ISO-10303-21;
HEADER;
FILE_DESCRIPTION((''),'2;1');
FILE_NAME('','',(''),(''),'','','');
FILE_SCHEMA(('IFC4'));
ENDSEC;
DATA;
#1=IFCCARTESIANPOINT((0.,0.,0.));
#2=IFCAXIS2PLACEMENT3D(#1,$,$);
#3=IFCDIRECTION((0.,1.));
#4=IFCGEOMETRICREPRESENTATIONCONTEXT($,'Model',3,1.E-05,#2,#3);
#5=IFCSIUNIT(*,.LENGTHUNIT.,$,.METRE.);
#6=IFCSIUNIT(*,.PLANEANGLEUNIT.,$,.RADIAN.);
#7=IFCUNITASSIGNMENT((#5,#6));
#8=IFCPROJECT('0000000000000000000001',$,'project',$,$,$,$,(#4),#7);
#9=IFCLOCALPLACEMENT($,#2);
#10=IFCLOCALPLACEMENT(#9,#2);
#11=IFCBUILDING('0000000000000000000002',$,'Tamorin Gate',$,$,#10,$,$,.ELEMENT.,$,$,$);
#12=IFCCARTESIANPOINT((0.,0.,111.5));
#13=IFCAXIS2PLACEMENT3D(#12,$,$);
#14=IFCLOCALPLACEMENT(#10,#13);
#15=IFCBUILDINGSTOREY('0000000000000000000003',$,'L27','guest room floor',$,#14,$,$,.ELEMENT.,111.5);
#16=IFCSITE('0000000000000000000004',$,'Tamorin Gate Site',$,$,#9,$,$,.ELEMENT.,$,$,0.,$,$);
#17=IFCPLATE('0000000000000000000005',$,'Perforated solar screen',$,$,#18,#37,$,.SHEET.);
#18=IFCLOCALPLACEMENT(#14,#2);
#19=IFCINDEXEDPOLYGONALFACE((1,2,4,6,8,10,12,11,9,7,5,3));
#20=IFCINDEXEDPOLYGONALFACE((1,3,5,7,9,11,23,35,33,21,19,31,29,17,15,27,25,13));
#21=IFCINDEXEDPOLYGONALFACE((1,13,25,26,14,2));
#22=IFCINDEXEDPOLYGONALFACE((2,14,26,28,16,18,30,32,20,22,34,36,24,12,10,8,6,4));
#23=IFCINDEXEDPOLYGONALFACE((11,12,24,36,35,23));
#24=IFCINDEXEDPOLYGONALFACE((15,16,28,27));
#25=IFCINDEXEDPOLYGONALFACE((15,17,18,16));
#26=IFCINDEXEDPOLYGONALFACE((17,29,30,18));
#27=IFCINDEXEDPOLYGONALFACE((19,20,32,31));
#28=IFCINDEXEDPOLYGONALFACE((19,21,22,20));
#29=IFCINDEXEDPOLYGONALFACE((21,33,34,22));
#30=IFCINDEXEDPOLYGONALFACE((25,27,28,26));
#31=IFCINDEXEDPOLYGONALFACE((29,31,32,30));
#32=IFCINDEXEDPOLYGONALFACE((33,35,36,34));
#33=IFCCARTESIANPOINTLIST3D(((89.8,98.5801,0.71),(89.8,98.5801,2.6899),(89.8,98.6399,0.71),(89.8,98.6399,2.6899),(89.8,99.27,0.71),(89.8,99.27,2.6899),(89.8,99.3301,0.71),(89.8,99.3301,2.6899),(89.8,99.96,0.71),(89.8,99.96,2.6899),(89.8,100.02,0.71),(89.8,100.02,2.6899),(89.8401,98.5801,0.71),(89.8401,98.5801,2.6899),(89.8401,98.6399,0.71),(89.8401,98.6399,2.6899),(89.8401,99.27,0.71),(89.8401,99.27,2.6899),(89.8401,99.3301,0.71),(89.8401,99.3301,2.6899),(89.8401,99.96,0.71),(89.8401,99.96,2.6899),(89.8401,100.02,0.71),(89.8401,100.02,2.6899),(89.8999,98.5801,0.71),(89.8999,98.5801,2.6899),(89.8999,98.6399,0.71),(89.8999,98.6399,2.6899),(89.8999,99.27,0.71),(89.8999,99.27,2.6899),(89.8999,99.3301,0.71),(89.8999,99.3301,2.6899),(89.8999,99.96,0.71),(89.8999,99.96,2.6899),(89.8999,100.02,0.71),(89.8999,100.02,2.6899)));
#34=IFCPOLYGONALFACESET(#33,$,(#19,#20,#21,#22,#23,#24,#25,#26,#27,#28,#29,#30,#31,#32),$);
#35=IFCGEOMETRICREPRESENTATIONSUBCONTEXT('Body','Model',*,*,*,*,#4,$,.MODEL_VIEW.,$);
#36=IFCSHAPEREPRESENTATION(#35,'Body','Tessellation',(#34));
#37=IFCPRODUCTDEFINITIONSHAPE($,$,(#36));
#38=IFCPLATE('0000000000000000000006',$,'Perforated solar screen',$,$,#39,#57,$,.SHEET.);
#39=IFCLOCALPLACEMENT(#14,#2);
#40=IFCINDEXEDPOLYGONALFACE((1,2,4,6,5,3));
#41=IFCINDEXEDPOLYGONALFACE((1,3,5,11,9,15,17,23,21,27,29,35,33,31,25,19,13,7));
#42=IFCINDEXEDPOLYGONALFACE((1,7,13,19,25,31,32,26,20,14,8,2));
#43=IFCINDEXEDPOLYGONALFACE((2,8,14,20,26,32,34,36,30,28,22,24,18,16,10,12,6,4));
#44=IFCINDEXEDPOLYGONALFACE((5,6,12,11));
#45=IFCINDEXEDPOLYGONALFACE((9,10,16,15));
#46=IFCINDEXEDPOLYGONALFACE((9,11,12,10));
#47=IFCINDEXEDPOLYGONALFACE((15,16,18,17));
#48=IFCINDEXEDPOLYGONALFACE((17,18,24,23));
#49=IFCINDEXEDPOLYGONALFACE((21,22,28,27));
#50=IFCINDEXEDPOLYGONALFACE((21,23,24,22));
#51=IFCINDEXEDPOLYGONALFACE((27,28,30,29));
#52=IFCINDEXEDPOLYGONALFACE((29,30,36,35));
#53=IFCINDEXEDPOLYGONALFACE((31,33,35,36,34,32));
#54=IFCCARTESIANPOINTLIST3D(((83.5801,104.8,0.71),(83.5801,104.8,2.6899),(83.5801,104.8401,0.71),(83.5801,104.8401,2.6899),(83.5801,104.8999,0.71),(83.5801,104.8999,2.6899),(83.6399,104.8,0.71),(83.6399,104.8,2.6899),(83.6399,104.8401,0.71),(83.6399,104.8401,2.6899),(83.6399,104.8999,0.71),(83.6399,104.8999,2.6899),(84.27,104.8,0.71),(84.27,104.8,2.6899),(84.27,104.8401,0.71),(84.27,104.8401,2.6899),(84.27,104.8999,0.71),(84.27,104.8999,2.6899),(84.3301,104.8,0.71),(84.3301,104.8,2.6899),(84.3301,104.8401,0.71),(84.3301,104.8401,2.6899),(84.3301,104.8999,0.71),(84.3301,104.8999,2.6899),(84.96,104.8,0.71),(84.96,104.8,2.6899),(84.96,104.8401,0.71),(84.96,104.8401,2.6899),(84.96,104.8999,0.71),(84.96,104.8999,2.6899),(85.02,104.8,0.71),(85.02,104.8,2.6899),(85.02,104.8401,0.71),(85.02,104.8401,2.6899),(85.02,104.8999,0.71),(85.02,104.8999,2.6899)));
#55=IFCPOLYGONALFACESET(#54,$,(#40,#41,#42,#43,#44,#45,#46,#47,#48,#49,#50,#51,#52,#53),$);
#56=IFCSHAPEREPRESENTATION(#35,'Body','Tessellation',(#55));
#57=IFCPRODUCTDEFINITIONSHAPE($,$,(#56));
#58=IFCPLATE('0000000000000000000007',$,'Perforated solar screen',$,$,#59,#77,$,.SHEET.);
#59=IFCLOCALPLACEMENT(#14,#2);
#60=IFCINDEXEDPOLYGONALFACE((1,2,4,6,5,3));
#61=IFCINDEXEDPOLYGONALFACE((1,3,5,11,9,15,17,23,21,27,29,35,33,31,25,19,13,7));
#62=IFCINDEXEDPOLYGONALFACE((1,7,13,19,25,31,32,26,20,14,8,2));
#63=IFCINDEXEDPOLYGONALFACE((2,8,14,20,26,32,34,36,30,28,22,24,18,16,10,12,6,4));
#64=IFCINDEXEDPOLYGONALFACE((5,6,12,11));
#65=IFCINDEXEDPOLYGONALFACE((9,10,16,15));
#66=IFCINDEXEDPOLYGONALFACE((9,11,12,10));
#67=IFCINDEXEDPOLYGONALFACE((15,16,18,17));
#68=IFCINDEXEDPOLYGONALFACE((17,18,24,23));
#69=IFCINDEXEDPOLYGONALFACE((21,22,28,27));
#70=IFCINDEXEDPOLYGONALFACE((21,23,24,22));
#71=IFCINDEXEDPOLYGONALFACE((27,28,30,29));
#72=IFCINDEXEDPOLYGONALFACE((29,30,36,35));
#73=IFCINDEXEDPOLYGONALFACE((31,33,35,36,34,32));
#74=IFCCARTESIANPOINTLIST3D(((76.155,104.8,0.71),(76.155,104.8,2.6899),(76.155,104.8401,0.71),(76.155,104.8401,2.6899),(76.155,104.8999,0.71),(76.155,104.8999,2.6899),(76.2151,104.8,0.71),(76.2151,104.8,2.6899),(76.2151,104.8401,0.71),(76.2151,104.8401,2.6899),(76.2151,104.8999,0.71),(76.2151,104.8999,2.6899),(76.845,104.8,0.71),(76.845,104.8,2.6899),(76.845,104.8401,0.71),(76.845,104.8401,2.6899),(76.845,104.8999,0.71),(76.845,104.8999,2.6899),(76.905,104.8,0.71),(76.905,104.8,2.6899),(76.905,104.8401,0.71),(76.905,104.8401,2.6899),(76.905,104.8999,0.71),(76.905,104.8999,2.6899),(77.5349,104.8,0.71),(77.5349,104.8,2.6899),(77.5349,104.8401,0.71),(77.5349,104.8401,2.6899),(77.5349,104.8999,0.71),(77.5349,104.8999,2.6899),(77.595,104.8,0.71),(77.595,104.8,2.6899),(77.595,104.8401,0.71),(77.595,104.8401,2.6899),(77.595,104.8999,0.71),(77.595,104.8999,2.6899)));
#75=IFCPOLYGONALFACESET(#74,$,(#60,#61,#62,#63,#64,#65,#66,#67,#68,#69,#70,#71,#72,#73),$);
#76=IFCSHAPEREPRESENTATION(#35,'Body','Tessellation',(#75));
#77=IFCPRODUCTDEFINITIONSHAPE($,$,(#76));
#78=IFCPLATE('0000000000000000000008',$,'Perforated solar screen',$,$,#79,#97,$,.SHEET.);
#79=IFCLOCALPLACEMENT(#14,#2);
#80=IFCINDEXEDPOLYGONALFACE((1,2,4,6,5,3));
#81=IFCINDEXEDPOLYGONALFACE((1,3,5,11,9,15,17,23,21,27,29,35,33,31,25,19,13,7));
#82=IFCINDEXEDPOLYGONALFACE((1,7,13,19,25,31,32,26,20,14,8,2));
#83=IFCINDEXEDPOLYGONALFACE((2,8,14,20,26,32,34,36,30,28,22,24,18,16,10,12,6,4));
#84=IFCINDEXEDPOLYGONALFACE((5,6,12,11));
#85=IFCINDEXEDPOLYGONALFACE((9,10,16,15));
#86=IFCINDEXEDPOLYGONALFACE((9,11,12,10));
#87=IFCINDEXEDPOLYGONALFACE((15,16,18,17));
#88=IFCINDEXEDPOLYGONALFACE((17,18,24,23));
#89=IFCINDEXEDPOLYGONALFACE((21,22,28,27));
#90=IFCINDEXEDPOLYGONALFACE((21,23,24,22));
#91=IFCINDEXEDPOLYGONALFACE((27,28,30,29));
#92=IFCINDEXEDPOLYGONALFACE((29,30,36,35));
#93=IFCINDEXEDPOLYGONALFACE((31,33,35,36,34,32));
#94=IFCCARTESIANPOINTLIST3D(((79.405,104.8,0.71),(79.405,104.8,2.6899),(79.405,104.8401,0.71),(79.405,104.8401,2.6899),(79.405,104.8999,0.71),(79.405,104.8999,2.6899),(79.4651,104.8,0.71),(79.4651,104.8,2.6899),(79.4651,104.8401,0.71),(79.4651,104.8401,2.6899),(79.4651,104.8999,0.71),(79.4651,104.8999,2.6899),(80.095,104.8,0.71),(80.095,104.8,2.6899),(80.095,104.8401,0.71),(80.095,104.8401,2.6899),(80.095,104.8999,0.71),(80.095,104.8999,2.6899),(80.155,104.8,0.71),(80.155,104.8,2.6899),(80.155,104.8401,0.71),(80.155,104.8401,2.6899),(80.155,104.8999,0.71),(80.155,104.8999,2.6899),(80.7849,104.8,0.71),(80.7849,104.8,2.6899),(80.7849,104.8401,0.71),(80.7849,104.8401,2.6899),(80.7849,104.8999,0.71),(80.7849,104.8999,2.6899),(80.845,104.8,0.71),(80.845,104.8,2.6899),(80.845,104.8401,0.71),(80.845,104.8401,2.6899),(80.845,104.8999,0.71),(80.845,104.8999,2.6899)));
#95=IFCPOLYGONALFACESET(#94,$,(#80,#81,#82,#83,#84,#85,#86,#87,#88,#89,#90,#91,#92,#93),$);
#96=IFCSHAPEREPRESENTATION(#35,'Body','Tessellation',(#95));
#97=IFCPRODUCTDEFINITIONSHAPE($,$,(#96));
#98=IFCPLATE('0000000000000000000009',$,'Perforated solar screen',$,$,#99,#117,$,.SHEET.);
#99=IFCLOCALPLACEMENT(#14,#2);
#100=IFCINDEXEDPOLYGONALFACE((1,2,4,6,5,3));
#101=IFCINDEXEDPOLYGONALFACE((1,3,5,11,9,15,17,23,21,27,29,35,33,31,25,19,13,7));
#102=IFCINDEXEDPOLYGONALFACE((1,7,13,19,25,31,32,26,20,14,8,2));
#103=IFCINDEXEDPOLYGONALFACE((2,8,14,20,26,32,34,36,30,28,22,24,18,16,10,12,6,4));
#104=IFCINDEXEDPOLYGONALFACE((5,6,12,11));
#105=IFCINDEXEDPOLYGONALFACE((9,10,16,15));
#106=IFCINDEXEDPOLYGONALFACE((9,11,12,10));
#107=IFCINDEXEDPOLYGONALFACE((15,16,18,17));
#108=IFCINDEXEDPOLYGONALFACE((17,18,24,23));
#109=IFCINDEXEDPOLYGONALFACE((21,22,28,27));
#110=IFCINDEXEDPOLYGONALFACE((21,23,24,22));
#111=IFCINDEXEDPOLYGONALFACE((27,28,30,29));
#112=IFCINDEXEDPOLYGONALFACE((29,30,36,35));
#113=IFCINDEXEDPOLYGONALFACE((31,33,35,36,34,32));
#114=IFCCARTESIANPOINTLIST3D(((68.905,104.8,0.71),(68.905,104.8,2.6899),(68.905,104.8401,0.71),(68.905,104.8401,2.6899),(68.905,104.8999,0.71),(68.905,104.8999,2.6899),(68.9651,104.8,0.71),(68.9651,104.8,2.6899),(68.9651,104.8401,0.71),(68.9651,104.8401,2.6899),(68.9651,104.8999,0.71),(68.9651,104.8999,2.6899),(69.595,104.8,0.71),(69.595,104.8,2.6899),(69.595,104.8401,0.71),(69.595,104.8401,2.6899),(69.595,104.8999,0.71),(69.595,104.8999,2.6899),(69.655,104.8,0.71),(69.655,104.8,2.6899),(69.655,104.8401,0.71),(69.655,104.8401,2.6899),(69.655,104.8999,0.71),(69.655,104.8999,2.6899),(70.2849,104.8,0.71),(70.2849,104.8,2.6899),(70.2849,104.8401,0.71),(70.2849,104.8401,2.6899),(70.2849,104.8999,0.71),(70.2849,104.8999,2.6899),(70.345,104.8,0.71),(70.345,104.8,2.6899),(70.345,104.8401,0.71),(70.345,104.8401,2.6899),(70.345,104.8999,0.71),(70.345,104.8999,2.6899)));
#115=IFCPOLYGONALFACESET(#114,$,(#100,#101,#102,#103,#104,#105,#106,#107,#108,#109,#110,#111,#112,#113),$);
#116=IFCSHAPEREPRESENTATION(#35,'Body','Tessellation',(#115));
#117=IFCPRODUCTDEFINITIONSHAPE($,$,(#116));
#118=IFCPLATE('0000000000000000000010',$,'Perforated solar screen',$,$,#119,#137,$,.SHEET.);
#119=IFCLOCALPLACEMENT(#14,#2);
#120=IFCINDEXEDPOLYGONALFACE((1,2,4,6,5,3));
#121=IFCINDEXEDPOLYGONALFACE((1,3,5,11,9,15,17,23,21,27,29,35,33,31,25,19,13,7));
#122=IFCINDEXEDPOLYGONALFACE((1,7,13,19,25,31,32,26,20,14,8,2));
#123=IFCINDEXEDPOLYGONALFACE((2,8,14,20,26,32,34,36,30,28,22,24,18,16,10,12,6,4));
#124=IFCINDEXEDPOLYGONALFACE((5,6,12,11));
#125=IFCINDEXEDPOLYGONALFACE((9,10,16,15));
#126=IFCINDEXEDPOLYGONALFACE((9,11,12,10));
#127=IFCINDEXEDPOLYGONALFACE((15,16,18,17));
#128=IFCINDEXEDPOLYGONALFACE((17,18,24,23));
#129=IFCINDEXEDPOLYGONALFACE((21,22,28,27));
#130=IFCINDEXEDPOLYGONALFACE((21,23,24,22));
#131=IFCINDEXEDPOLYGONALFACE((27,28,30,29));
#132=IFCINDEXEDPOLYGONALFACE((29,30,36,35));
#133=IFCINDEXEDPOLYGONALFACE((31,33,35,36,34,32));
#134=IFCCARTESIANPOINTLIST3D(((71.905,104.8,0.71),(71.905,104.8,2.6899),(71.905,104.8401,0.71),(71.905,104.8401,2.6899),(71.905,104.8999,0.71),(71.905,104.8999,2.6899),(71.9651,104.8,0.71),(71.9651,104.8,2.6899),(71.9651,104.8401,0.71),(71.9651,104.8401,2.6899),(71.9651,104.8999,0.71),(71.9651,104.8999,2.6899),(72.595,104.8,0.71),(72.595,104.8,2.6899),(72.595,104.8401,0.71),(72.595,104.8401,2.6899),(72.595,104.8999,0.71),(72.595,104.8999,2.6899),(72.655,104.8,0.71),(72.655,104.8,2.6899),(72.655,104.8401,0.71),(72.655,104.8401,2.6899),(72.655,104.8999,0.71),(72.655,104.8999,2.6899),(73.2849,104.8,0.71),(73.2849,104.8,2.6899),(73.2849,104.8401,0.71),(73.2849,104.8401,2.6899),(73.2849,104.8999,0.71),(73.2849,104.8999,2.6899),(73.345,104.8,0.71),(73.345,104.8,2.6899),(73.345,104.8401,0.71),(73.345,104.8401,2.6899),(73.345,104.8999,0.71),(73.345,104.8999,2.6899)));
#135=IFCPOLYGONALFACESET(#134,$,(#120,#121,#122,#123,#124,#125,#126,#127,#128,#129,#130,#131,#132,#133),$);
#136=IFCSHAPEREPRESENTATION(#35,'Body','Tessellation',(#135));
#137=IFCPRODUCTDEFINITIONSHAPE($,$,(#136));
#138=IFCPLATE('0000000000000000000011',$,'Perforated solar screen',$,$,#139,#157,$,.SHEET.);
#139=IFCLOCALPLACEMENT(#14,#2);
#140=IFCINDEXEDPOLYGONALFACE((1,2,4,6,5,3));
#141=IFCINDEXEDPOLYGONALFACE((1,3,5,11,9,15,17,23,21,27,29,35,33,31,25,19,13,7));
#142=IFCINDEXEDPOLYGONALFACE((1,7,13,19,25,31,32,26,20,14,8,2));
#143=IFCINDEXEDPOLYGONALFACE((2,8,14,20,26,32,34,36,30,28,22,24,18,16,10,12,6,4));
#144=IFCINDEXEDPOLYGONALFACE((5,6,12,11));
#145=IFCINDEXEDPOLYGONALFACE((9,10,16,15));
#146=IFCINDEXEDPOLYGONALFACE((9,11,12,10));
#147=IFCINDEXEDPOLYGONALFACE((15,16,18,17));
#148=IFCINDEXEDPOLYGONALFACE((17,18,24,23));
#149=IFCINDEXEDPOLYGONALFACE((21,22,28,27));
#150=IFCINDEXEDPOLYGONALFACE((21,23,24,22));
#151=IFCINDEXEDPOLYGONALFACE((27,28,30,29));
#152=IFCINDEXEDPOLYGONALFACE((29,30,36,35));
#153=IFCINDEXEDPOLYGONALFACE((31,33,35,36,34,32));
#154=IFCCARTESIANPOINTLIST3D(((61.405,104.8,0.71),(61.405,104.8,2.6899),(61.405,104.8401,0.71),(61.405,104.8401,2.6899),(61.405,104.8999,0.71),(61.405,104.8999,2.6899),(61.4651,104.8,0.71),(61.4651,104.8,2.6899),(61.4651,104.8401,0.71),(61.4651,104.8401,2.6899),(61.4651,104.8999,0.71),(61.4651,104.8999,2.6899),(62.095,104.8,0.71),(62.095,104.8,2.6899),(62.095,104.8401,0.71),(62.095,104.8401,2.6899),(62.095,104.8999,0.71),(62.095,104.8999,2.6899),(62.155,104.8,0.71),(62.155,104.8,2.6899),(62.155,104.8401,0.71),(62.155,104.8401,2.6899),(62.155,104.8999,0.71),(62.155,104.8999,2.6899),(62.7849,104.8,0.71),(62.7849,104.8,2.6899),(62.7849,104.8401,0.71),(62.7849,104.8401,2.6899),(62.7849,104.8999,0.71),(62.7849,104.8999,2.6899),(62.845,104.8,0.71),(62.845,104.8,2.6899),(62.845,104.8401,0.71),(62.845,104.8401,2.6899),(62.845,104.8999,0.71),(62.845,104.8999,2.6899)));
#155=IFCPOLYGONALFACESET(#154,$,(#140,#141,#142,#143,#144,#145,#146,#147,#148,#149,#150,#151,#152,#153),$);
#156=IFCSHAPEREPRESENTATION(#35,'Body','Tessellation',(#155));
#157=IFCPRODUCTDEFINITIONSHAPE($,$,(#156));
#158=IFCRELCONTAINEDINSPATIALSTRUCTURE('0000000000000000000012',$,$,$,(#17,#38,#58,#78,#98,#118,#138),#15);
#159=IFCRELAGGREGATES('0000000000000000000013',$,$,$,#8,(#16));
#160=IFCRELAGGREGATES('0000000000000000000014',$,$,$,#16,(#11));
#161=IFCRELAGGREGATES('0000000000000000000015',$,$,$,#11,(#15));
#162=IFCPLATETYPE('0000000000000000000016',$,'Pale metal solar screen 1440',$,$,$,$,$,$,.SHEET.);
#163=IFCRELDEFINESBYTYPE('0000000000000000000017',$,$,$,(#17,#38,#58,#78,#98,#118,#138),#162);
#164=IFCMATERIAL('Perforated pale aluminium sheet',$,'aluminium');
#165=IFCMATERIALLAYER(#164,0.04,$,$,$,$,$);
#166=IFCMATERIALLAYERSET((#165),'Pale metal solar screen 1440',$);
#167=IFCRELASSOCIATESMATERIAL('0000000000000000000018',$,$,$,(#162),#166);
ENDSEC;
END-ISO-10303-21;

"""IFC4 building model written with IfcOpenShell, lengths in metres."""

from ifc_helpers import new_model, si_unit, direction, frame, origin, place, context, subcontext, project, spatial, polyline, outline, extrude, material, layer, layer_set, type_object, element, save


model = new_model("IFC4")

# Units and contexts
model_context = context("Model", 3, precision=1e-05, world=origin(), true_north=direction((0.0, 1.0)))
body_context = subcontext(model_context, "Body", "Model", "MODEL_VIEW")
ifc_project = project(units=[si_unit("LENGTHUNIT", "METRE"), si_unit("PLANEANGLEUNIT", "RADIAN")], contexts=[model_context])

# Site, building, storey
site_placement = place(None, origin())
site = spatial("IfcSite", under=ifc_project, at=site_placement, Name="Tamorin Gate Site", CompositionType="ELEMENT", RefElevation=0.0)
building_placement = place(site_placement, origin())
building = spatial("IfcBuilding", under=site, at=building_placement, Name="Tamorin Gate", CompositionType="ELEMENT")
storey_placement = place(building_placement, frame((0.0, 0.0, 111.5)))
storey = spatial("IfcBuildingStorey", under=building, at=storey_placement, Name="L27", Description="guest room floor", CompositionType="ELEMENT", Elevation=111.5)

# Plates
ifc_material = material(Name="Perforated pale aluminium sheet", Category="aluminium")
ifc_layer = layer(ifc_material, 0.04)
ifc_layer_set = layer_set([ifc_layer], Name="Pale metal solar screen 1440")
plate_type = type_object("IfcPlateType", Name="Pale metal solar screen 1440", PredefinedType="SHEET", material=ifc_layer_set)
plate_1_placement = place(storey_placement, frame((0.0, 0.0, 0.71)))
element("IfcPlate", 1, at=plate_1_placement, inside=storey, type_object=plate_type, Name="Perforated solar screen", PredefinedType="SHEET", context=body_context, shape_type="SweptSolid", body=[
    extrude(outline(polyline([(89.8401, 98.5801), (89.8, 98.5801), (89.8, 98.6399), (89.8, 99.27), (89.8, 99.3301), (89.8, 99.96), (89.8, 100.02), (89.8401, 100.02), (89.8999, 100.02), (89.8999, 99.96), (89.8401, 99.96), (89.8401, 99.3301), (89.8999, 99.3301), (89.8999, 99.27), (89.8401, 99.27), (89.8401, 98.6399), (89.8999, 98.6399), (89.8999, 98.5801), (89.8401, 98.5801)])), origin(), (0.0, 0.0, 1.0), 1.98),
])
plate_2_placement = place(storey_placement, frame((0.0, 0.0, 0.71)))
element("IfcPlate", 2, at=plate_2_placement, inside=storey, type_object=plate_type, Name="Perforated solar screen", PredefinedType="SHEET", context=body_context, shape_type="SweptSolid", body=[
    extrude(outline(polyline([(85.02, 104.8401), (85.02, 104.8), (84.96, 104.8), (84.3301, 104.8), (84.27, 104.8), (83.6399, 104.8), (83.5801, 104.8), (83.5801, 104.8401), (83.5801, 104.8999), (83.6399, 104.8999), (83.6399, 104.8401), (84.27, 104.8401), (84.27, 104.8999), (84.3301, 104.8999), (84.3301, 104.8401), (84.96, 104.8401), (84.96, 104.8999), (85.02, 104.8999), (85.02, 104.8401)])), origin(), (0.0, 0.0, 1.0), 1.98),
])
plate_3_placement = place(storey_placement, frame((0.0, 0.0, 0.71)))
element("IfcPlate", 3, at=plate_3_placement, inside=storey, type_object=plate_type, Name="Perforated solar screen", PredefinedType="SHEET", context=body_context, shape_type="SweptSolid", body=[
    extrude(outline(polyline([(77.595, 104.8401), (77.595, 104.8), (77.5349, 104.8), (76.905, 104.8), (76.845, 104.8), (76.2151, 104.8), (76.155, 104.8), (76.155, 104.8401), (76.155, 104.8999), (76.2151, 104.8999), (76.2151, 104.8401), (76.845, 104.8401), (76.845, 104.8999), (76.905, 104.8999), (76.905, 104.8401), (77.5349, 104.8401), (77.5349, 104.8999), (77.595, 104.8999), (77.595, 104.8401)])), origin(), (0.0, 0.0, 1.0), 1.98),
])
plate_4_placement = place(storey_placement, frame((0.0, 0.0, 0.71)))
element("IfcPlate", 4, at=plate_4_placement, inside=storey, type_object=plate_type, Name="Perforated solar screen", PredefinedType="SHEET", context=body_context, shape_type="SweptSolid", body=[
    extrude(outline(polyline([(80.845, 104.8401), (80.845, 104.8), (80.7849, 104.8), (80.155, 104.8), (80.095, 104.8), (79.4651, 104.8), (79.405, 104.8), (79.405, 104.8), (79.405, 104.8401), (79.405, 104.8401), (79.405, 104.8999), (79.4651, 104.8999), (79.4651, 104.8401), (80.095, 104.8401), (80.095, 104.8999), (80.155, 104.8999), (80.155, 104.8401), (80.7849, 104.8401), (80.7849, 104.8999), (80.845, 104.8999), (80.845, 104.8401)])), origin(), (0.0, 0.0, 1.0), 1.98),
])
plate_5_placement = place(storey_placement, frame((0.0, 0.0, 0.71)))
element("IfcPlate", 5, at=plate_5_placement, inside=storey, type_object=plate_type, Name="Perforated solar screen", PredefinedType="SHEET", context=body_context, shape_type="SweptSolid", body=[
    extrude(outline(polyline([(70.345, 104.8401), (70.345, 104.8), (70.2849, 104.8), (69.655, 104.8), (69.595, 104.8), (68.9651, 104.8), (68.905, 104.8), (68.905, 104.8401), (68.905, 104.8999), (68.9651, 104.8999), (68.9651, 104.8401), (69.595, 104.8401), (69.595, 104.8999), (69.655, 104.8999), (69.655, 104.8401), (70.2849, 104.8401), (70.2849, 104.8999), (70.345, 104.8999), (70.345, 104.8401)])), origin(), (0.0, 0.0, 1.0), 1.98),
])
plate_6_placement = place(storey_placement, frame((0.0, 0.0, 0.71)))
element("IfcPlate", 6, at=plate_6_placement, inside=storey, type_object=plate_type, Name="Perforated solar screen", PredefinedType="SHEET", context=body_context, shape_type="SweptSolid", body=[
    extrude(outline(polyline([(73.345, 104.8401), (73.345, 104.8), (73.2849, 104.8), (72.655, 104.8), (72.595, 104.8), (71.9651, 104.8), (71.905, 104.8), (71.905, 104.8401), (71.905, 104.8999), (71.9651, 104.8999), (71.9651, 104.8401), (72.595, 104.8401), (72.595, 104.8999), (72.655, 104.8999), (72.655, 104.8401), (73.2849, 104.8401), (73.2849, 104.8999), (73.345, 104.8999), (73.345, 104.8401)])), origin(), (0.0, 0.0, 1.0), 1.98),
])
plate_7_placement = place(storey_placement, frame((0.0, 0.0, 0.71)))
element("IfcPlate", 7, at=plate_7_placement, inside=storey, type_object=plate_type, Name="Perforated solar screen", PredefinedType="SHEET", context=body_context, shape_type="SweptSolid", body=[
    extrude(outline(polyline([(62.845, 104.8401), (62.845, 104.8), (62.7849, 104.8), (62.155, 104.8), (62.095, 104.8), (61.4651, 104.8), (61.405, 104.8), (61.405, 104.8401), (61.405, 104.8999), (61.4651, 104.8999), (61.4651, 104.8401), (62.095, 104.8401), (62.095, 104.8999), (62.155, 104.8999), (62.155, 104.8401), (62.7849, 104.8401), (62.7849, 104.8999), (62.845, 104.8999), (62.845, 104.8401)])), origin(), (0.0, 0.0, 1.0), 1.98),
])

save(model, "model.ifc")
